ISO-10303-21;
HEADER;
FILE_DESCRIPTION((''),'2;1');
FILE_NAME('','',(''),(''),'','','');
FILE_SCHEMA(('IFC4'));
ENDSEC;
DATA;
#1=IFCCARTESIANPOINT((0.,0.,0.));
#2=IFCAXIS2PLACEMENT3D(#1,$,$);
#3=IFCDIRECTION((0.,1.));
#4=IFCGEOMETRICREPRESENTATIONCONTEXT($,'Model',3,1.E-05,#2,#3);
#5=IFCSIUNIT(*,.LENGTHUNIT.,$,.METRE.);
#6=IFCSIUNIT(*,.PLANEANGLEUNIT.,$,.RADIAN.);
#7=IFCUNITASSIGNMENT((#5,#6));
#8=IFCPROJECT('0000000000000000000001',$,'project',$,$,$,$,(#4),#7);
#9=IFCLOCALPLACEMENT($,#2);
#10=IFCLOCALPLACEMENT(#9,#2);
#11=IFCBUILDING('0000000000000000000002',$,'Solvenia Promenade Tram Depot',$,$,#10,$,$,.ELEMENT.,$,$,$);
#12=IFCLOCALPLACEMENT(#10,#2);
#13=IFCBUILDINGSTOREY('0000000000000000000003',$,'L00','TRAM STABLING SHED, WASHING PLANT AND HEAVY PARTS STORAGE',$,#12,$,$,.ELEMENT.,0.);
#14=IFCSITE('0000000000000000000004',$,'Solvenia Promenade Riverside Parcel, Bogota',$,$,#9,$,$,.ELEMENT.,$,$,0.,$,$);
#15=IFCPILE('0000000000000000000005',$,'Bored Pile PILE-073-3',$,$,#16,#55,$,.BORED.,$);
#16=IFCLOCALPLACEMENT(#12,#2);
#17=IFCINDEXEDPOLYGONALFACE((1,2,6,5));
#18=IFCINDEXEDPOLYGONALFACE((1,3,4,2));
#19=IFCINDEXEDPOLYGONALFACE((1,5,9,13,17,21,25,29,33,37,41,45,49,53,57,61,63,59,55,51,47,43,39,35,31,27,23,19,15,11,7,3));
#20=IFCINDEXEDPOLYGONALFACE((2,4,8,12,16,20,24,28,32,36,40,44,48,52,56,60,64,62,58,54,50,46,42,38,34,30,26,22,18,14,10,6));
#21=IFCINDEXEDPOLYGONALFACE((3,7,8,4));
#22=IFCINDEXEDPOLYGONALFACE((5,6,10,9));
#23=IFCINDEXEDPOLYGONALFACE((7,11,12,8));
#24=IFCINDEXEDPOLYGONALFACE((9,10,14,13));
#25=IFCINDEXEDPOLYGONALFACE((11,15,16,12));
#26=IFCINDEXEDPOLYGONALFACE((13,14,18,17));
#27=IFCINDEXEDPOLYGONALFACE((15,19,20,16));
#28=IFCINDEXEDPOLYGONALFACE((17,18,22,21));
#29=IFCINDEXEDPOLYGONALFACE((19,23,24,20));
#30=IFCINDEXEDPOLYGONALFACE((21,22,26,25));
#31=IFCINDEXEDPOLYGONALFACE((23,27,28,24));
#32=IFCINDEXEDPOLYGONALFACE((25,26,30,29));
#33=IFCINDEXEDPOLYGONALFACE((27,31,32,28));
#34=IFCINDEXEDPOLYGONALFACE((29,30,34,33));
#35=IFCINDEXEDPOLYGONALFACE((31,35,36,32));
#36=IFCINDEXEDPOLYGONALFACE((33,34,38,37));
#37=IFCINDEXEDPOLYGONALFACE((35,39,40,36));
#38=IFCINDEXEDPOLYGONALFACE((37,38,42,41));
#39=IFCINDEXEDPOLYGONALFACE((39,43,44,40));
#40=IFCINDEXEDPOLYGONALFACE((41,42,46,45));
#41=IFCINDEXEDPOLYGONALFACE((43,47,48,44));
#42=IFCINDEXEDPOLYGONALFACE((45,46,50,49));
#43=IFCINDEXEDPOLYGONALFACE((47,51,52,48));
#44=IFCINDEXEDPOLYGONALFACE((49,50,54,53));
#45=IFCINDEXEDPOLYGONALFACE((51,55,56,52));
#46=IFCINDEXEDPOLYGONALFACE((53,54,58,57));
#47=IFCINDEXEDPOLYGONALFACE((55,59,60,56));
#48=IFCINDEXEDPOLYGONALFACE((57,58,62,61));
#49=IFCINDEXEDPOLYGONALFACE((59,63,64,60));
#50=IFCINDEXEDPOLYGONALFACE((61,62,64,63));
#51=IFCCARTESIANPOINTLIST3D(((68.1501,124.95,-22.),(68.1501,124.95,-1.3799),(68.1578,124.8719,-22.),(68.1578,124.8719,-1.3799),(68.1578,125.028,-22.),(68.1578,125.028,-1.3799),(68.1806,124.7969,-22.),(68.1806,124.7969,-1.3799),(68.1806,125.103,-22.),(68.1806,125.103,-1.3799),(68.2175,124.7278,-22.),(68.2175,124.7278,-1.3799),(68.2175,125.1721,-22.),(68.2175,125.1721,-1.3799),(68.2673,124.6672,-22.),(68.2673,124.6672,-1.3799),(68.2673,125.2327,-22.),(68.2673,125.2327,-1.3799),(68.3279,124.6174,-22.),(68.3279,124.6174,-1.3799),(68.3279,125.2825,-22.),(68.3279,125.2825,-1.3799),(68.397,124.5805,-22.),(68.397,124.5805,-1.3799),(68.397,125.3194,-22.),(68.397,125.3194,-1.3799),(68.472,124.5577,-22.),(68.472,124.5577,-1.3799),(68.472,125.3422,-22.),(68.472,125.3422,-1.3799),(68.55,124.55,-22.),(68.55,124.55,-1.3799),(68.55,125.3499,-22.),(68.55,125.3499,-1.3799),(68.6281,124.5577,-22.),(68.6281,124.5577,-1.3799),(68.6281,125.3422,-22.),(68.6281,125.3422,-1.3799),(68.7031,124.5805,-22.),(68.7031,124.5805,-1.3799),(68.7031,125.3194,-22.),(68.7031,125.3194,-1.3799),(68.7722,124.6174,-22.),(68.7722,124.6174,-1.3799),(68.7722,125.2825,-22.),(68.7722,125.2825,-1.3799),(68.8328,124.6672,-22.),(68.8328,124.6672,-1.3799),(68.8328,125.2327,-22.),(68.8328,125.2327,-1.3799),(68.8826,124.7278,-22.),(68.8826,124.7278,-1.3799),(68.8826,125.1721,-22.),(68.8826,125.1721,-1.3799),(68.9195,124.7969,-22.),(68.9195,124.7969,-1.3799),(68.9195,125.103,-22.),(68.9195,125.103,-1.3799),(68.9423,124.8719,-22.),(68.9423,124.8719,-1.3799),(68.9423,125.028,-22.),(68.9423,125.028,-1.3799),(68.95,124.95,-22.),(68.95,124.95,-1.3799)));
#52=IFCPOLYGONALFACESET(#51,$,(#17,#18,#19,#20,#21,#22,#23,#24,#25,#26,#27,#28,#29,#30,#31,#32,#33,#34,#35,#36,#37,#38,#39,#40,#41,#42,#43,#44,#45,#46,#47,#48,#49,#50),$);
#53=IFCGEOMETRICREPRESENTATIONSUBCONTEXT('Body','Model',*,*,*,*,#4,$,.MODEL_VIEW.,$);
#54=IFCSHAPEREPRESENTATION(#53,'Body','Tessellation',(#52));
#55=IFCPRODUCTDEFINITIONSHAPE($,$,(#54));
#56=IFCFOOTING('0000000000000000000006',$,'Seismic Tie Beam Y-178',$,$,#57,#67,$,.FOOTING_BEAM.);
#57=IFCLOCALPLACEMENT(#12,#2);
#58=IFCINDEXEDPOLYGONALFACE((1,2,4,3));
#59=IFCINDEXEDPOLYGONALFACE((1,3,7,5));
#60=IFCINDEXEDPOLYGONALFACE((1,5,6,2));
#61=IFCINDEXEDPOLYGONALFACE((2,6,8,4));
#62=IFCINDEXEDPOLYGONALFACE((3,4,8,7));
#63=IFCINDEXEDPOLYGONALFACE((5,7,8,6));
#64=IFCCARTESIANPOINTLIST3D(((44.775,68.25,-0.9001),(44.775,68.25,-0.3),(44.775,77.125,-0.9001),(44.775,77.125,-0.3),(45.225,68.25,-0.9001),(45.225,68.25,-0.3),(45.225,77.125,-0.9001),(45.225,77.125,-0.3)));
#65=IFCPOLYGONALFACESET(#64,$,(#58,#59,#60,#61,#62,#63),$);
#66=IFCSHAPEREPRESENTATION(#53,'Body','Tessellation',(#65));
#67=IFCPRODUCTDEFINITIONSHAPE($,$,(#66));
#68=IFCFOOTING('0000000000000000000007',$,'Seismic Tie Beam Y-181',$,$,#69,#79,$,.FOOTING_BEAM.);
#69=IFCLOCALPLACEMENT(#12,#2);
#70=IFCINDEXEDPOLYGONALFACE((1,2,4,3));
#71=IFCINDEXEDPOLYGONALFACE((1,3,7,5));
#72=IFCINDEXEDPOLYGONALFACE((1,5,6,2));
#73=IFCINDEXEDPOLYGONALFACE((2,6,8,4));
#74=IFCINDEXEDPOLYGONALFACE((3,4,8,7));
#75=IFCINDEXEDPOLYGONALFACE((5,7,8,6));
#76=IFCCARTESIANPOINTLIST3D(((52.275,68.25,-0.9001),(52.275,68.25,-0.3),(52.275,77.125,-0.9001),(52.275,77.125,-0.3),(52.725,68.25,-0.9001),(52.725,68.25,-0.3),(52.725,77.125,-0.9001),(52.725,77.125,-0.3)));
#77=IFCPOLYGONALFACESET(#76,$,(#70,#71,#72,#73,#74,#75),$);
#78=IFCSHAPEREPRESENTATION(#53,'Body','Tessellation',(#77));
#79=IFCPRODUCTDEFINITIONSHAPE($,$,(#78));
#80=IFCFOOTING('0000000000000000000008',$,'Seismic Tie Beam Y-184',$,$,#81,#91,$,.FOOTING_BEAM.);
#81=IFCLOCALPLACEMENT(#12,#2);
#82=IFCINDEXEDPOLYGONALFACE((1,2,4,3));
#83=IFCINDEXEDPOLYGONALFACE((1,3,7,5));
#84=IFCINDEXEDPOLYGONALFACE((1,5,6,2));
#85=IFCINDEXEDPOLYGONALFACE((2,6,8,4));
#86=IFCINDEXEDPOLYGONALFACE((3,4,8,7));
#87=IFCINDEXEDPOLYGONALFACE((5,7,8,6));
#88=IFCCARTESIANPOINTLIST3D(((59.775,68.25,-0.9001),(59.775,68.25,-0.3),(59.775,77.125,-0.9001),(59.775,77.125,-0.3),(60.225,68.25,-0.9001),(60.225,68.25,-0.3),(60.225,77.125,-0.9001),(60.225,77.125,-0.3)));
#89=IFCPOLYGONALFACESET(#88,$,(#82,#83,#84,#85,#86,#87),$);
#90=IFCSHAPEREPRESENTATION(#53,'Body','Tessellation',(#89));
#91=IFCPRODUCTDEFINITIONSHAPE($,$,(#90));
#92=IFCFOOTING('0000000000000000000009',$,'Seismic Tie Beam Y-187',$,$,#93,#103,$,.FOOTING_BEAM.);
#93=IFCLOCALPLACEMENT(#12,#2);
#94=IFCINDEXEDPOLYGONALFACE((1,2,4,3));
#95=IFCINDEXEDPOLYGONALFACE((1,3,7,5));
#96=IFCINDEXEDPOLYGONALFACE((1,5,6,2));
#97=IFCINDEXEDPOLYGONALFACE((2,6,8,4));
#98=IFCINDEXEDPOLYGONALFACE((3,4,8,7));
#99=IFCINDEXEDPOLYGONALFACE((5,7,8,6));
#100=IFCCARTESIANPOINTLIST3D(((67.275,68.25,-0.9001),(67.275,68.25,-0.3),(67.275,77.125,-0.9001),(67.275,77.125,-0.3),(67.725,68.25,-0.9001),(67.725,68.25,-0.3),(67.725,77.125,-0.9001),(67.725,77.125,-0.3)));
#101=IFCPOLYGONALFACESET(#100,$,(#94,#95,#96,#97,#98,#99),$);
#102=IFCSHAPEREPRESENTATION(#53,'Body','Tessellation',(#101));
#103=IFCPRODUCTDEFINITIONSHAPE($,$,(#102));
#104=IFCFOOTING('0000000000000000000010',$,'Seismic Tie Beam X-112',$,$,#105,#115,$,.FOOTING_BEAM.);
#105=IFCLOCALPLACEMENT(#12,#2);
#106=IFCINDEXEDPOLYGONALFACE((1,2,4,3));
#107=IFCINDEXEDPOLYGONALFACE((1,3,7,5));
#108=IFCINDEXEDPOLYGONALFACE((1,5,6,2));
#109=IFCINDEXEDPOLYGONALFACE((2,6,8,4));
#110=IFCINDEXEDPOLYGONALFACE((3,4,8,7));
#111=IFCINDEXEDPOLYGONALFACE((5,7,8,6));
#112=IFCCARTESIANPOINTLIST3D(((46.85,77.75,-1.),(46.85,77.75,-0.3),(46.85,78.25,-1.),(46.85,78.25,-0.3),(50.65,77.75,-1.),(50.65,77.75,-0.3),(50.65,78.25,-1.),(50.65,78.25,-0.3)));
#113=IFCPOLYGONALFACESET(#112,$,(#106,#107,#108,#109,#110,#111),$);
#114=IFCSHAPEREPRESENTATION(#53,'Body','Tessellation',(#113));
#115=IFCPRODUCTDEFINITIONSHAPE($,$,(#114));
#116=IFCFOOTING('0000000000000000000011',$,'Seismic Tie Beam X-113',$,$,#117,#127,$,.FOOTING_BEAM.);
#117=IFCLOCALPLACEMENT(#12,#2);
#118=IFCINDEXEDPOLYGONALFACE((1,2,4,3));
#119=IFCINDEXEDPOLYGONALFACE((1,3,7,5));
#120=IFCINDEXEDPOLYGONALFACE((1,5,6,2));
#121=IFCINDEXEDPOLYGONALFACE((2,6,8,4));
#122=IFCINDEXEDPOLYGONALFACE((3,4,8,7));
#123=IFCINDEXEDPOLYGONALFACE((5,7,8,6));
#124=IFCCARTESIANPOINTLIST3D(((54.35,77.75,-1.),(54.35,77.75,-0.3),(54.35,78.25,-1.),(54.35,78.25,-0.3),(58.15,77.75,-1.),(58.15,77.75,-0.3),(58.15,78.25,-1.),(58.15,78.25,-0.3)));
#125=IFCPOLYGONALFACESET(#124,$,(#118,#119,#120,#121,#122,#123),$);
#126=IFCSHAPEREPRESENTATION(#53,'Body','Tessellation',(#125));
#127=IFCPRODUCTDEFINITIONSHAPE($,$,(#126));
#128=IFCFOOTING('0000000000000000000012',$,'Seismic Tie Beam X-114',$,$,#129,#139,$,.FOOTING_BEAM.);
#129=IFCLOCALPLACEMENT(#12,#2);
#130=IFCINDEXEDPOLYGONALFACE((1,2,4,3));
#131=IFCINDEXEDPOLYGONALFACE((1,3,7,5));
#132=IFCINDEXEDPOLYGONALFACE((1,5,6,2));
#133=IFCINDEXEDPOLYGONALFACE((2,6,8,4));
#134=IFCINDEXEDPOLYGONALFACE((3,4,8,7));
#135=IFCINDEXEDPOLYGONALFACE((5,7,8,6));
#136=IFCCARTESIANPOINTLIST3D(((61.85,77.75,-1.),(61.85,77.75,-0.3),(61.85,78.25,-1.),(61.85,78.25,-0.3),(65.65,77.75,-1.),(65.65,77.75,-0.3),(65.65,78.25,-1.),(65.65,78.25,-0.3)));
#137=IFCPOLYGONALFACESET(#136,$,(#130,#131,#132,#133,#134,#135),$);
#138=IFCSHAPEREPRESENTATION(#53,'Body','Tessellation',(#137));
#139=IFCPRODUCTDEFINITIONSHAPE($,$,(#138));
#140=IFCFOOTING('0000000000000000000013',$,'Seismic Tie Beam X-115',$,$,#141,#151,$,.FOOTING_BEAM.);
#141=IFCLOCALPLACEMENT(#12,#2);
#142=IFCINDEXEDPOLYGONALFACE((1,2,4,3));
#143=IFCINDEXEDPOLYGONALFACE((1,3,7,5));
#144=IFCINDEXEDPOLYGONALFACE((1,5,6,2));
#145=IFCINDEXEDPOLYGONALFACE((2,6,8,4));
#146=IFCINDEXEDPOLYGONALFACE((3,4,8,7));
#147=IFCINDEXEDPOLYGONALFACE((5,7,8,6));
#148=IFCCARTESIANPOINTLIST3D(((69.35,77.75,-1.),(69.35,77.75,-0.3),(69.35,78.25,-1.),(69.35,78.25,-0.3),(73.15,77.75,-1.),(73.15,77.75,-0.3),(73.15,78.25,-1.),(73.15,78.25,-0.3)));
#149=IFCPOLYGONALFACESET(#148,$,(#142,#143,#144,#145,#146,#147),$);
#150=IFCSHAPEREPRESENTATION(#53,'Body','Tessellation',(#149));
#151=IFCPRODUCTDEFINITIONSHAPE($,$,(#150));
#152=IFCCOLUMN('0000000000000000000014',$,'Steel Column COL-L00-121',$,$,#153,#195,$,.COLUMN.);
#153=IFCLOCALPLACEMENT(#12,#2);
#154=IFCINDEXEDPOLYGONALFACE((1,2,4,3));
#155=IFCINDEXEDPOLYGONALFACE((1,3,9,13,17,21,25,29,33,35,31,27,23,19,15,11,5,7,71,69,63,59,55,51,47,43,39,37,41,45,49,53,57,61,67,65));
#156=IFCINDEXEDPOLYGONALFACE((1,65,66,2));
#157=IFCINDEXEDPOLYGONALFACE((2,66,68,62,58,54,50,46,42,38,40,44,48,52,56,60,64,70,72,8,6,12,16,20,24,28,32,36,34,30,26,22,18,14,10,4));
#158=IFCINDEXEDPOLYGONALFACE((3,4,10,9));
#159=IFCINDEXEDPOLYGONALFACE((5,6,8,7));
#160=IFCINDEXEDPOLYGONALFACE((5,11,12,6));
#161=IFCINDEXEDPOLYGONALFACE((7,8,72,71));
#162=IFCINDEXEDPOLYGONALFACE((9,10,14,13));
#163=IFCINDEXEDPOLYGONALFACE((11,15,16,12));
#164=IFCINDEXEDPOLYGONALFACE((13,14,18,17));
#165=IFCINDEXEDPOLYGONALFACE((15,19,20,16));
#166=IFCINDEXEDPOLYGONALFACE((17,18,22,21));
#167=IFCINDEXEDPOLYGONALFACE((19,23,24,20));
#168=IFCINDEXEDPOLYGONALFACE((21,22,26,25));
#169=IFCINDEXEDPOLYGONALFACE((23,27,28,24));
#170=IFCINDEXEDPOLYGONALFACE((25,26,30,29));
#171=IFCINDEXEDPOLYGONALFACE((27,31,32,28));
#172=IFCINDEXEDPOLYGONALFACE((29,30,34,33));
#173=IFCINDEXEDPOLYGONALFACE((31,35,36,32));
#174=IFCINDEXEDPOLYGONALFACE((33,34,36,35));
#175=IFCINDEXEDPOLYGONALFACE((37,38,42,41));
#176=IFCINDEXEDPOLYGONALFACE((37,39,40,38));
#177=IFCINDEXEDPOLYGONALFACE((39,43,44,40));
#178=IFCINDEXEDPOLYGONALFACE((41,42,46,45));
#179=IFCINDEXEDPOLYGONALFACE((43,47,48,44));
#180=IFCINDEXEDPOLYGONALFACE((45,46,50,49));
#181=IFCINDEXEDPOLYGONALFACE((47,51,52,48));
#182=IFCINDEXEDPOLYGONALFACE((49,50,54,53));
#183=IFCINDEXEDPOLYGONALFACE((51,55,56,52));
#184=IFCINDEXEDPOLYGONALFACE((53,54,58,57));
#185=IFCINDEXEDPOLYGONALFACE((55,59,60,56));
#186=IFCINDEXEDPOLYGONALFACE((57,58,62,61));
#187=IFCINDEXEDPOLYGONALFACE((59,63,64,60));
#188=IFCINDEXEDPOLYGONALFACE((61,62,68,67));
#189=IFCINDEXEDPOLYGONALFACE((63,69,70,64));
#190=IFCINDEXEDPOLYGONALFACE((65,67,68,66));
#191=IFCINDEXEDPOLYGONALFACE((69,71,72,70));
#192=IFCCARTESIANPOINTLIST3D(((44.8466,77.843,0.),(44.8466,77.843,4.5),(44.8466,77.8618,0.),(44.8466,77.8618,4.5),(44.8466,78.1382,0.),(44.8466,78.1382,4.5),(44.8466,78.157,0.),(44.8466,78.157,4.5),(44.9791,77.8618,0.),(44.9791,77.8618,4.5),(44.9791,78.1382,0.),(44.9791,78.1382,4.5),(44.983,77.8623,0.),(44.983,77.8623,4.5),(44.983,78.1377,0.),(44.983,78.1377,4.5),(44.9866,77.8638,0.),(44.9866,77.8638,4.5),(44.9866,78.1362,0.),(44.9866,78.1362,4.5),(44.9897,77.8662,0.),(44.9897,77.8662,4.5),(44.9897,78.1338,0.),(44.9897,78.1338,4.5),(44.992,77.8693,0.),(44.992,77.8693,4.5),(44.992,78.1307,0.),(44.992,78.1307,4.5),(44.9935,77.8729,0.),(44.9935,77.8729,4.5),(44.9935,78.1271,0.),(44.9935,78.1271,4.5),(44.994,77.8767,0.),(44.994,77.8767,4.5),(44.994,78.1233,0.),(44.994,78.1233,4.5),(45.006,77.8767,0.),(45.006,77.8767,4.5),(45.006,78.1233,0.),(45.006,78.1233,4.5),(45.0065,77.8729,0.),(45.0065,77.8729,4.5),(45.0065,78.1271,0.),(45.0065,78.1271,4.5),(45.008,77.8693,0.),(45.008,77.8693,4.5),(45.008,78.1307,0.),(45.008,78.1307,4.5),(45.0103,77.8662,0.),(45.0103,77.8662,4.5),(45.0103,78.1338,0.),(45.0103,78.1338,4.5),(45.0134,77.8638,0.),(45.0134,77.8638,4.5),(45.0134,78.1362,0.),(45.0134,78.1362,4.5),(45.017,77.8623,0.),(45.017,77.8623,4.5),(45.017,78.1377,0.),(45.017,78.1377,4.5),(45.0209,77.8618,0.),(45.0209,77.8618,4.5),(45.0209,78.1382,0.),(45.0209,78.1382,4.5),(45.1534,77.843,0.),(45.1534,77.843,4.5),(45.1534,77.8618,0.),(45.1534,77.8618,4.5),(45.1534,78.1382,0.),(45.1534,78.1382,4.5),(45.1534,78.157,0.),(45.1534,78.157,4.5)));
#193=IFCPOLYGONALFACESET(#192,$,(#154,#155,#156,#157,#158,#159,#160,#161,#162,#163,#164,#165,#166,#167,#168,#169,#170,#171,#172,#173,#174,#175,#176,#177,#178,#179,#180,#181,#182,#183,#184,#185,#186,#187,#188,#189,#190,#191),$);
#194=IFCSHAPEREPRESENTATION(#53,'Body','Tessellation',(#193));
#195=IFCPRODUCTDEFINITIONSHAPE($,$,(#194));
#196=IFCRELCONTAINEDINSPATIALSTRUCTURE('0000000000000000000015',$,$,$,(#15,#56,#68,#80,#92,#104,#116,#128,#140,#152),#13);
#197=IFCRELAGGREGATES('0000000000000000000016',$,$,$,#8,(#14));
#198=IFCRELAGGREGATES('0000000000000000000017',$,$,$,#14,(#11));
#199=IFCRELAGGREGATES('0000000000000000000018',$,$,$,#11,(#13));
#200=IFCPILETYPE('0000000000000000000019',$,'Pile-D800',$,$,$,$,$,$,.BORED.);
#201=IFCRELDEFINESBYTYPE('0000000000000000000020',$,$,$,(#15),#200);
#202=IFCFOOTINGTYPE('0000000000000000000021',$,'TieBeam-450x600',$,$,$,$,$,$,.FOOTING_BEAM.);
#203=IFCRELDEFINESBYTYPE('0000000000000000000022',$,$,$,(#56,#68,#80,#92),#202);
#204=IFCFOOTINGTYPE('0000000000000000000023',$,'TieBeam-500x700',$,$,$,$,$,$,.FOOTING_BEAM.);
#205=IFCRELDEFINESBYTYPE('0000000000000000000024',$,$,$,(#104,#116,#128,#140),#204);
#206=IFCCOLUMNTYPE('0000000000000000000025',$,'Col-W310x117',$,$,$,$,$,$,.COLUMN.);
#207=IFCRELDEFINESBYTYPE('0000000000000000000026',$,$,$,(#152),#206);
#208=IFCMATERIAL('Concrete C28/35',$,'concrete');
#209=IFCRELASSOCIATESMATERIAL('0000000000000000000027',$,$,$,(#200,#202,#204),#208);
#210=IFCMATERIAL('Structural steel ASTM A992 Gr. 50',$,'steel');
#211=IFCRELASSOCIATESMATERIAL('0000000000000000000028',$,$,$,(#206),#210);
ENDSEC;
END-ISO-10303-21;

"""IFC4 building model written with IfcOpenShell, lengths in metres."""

from ifc_helpers import new_model, si_unit, direction, frame, origin, origin_2d, place, context, subcontext, project, spatial, rectangle, circle, i_section, extrude, material, material_profile, profile_set, type_object, element, save


model = new_model("IFC4")

# Units and contexts
model_context = context("Model", 3, precision=1e-05, world=origin(), true_north=direction((0.0, 1.0)))
body_context = subcontext(model_context, "Body", "Model", "MODEL_VIEW")
ifc_project = project(units=[si_unit("LENGTHUNIT", "METRE"), si_unit("PLANEANGLEUNIT", "RADIAN")], contexts=[model_context])

# Site, building, storey
site_placement = place(None, origin())
site = spatial("IfcSite", under=ifc_project, at=site_placement, Name="Solvenia Promenade Riverside Parcel, Bogota", CompositionType="ELEMENT", RefElevation=0.0)
building_placement = place(site_placement, origin())
building = spatial("IfcBuilding", under=site, at=building_placement, Name="Solvenia Promenade Tram Depot", CompositionType="ELEMENT")
storey_placement = place(building_placement, origin())
storey = spatial("IfcBuildingStorey", under=building, at=storey_placement, Name="L00", Description="TRAM STABLING SHED, WASHING PLANT AND HEAVY PARTS STORAGE", CompositionType="ELEMENT", Elevation=0.0)

# Shared definitions
ifc_material_1 = material(Name="Concrete C28/35", Category="concrete")

# Pile
ifc_material_profile_1 = material_profile(ifc_material_1, circle(Radius=0.3999, at=origin_2d()), Name="D800", Category="concrete")
ifc_profile_set_1 = profile_set([ifc_material_profile_1], Name="Concrete C28/35")
pile_type = type_object("IfcPileType", Name="Pile-D800", PredefinedType="BORED", material=ifc_profile_set_1)
for number, where, z_axis, x_axis, name in (
    (1, (68.55, 124.95, -1.3799), (0.0, 0.0, -1.0), (1.0, 0.0, 0.0), "Bored Pile PILE-073-3"),
):
    element("IfcPile", number, at=place(storey_placement, frame(where, z_axis=z_axis, x_axis=x_axis)), inside=storey, type_object=pile_type, Name=name, PredefinedType="BORED", context=body_context, shape_type="SweptSolid", body=[
        extrude(circle(Radius=0.3999, at=origin_2d()), origin(), (0.0, 0.0, 1.0), 20.6201),
    ])

# Footings
footing_type_1 = type_object("IfcFootingType", Name="TieBeam-450x600", PredefinedType="FOOTING_BEAM", material=ifc_material_1)
for number, where, z_axis, x_axis, name in (
    (2, (45.0, 72.6875, -0.9001), (0.0, 0.0, 1.0), (1.0, 0.0, 0.0), "Seismic Tie Beam Y-178"),
    (3, (52.5, 72.6875, -0.9001), (0.0, 0.0, 1.0), (1.0, 0.0, 0.0), "Seismic Tie Beam Y-181"),
    (4, (60.0, 72.6875, -0.9001), (0.0, 0.0, 1.0), (1.0, 0.0, 0.0), "Seismic Tie Beam Y-184"),
    (5, (67.5, 72.6875, -0.9001), (0.0, 0.0, 1.0), (1.0, 0.0, 0.0), "Seismic Tie Beam Y-187"),
):
    element("IfcFooting", number, at=place(storey_placement, frame(where, z_axis=z_axis, x_axis=x_axis)), inside=storey, type_object=footing_type_1, Name=name, PredefinedType="FOOTING_BEAM", context=body_context, shape_type="SweptSolid", body=[
        extrude(rectangle(XDim=0.45, YDim=8.875, at=origin_2d()), origin(), (0.0, 0.0, 1.0), 0.6001),
    ])
footing_type_2 = type_object("IfcFootingType", Name="TieBeam-500x700", PredefinedType="FOOTING_BEAM", material=ifc_material_1)
for number, where, z_axis, x_axis, name in (
    (6, (48.75, 78.0, -1.0), (0.0, 0.0, 1.0), (1.0, 0.0, 0.0), "Seismic Tie Beam X-112"),
    (7, (56.25, 78.0, -1.0), (0.0, 0.0, 1.0), (1.0, 0.0, 0.0), "Seismic Tie Beam X-113"),
    (8, (63.75, 78.0, -1.0), (0.0, 0.0, 1.0), (1.0, 0.0, 0.0), "Seismic Tie Beam X-114"),
    (9, (71.25, 78.0, -1.0), (0.0, 0.0, 1.0), (1.0, 0.0, 0.0), "Seismic Tie Beam X-115"),
):
    element("IfcFooting", number, at=place(storey_placement, frame(where, z_axis=z_axis, x_axis=x_axis)), inside=storey, type_object=footing_type_2, Name=name, PredefinedType="FOOTING_BEAM", context=body_context, shape_type="SweptSolid", body=[
        extrude(rectangle(XDim=3.8, YDim=0.5, at=origin_2d()), origin(), (0.0, 0.0, 1.0), 0.7),
    ])

# Column
ifc_material_2 = material(Name="Structural steel ASTM A992 Gr. 50", Category="steel")
ifc_material_profile_2 = material_profile(ifc_material_2, i_section(OverallWidth=0.3069, OverallDepth=0.314, WebThickness=0.012, FlangeThickness=0.0188, FilletRadius=0.0149, at=origin_2d()), Name="W310x117", Category="steel")
ifc_profile_set_2 = profile_set([ifc_material_profile_2], Name="Structural steel ASTM A992 Gr. 50")
column_type = type_object("IfcColumnType", Name="Col-W310x117", PredefinedType="COLUMN", material=ifc_profile_set_2)
for number, where, z_axis, x_axis, name in (
    (10, (45.0, 78.0, 0.0), (0.0, 0.0, 1.0), (1.0, 0.0, 0.0), "Steel Column COL-L00-121"),
):
    element("IfcColumn", number, at=place(storey_placement, frame(where, z_axis=z_axis, x_axis=x_axis)), inside=storey, type_object=column_type, Name=name, PredefinedType="COLUMN", context=body_context, shape_type="SweptSolid", body=[
        extrude(i_section(OverallWidth=0.3069, OverallDepth=0.314, WebThickness=0.012, FlangeThickness=0.0188, FilletRadius=0.0149, at=origin_2d()), origin(), (0.0, 0.0, 1.0), 4.5),
    ])

save(model, "model.ifc")
